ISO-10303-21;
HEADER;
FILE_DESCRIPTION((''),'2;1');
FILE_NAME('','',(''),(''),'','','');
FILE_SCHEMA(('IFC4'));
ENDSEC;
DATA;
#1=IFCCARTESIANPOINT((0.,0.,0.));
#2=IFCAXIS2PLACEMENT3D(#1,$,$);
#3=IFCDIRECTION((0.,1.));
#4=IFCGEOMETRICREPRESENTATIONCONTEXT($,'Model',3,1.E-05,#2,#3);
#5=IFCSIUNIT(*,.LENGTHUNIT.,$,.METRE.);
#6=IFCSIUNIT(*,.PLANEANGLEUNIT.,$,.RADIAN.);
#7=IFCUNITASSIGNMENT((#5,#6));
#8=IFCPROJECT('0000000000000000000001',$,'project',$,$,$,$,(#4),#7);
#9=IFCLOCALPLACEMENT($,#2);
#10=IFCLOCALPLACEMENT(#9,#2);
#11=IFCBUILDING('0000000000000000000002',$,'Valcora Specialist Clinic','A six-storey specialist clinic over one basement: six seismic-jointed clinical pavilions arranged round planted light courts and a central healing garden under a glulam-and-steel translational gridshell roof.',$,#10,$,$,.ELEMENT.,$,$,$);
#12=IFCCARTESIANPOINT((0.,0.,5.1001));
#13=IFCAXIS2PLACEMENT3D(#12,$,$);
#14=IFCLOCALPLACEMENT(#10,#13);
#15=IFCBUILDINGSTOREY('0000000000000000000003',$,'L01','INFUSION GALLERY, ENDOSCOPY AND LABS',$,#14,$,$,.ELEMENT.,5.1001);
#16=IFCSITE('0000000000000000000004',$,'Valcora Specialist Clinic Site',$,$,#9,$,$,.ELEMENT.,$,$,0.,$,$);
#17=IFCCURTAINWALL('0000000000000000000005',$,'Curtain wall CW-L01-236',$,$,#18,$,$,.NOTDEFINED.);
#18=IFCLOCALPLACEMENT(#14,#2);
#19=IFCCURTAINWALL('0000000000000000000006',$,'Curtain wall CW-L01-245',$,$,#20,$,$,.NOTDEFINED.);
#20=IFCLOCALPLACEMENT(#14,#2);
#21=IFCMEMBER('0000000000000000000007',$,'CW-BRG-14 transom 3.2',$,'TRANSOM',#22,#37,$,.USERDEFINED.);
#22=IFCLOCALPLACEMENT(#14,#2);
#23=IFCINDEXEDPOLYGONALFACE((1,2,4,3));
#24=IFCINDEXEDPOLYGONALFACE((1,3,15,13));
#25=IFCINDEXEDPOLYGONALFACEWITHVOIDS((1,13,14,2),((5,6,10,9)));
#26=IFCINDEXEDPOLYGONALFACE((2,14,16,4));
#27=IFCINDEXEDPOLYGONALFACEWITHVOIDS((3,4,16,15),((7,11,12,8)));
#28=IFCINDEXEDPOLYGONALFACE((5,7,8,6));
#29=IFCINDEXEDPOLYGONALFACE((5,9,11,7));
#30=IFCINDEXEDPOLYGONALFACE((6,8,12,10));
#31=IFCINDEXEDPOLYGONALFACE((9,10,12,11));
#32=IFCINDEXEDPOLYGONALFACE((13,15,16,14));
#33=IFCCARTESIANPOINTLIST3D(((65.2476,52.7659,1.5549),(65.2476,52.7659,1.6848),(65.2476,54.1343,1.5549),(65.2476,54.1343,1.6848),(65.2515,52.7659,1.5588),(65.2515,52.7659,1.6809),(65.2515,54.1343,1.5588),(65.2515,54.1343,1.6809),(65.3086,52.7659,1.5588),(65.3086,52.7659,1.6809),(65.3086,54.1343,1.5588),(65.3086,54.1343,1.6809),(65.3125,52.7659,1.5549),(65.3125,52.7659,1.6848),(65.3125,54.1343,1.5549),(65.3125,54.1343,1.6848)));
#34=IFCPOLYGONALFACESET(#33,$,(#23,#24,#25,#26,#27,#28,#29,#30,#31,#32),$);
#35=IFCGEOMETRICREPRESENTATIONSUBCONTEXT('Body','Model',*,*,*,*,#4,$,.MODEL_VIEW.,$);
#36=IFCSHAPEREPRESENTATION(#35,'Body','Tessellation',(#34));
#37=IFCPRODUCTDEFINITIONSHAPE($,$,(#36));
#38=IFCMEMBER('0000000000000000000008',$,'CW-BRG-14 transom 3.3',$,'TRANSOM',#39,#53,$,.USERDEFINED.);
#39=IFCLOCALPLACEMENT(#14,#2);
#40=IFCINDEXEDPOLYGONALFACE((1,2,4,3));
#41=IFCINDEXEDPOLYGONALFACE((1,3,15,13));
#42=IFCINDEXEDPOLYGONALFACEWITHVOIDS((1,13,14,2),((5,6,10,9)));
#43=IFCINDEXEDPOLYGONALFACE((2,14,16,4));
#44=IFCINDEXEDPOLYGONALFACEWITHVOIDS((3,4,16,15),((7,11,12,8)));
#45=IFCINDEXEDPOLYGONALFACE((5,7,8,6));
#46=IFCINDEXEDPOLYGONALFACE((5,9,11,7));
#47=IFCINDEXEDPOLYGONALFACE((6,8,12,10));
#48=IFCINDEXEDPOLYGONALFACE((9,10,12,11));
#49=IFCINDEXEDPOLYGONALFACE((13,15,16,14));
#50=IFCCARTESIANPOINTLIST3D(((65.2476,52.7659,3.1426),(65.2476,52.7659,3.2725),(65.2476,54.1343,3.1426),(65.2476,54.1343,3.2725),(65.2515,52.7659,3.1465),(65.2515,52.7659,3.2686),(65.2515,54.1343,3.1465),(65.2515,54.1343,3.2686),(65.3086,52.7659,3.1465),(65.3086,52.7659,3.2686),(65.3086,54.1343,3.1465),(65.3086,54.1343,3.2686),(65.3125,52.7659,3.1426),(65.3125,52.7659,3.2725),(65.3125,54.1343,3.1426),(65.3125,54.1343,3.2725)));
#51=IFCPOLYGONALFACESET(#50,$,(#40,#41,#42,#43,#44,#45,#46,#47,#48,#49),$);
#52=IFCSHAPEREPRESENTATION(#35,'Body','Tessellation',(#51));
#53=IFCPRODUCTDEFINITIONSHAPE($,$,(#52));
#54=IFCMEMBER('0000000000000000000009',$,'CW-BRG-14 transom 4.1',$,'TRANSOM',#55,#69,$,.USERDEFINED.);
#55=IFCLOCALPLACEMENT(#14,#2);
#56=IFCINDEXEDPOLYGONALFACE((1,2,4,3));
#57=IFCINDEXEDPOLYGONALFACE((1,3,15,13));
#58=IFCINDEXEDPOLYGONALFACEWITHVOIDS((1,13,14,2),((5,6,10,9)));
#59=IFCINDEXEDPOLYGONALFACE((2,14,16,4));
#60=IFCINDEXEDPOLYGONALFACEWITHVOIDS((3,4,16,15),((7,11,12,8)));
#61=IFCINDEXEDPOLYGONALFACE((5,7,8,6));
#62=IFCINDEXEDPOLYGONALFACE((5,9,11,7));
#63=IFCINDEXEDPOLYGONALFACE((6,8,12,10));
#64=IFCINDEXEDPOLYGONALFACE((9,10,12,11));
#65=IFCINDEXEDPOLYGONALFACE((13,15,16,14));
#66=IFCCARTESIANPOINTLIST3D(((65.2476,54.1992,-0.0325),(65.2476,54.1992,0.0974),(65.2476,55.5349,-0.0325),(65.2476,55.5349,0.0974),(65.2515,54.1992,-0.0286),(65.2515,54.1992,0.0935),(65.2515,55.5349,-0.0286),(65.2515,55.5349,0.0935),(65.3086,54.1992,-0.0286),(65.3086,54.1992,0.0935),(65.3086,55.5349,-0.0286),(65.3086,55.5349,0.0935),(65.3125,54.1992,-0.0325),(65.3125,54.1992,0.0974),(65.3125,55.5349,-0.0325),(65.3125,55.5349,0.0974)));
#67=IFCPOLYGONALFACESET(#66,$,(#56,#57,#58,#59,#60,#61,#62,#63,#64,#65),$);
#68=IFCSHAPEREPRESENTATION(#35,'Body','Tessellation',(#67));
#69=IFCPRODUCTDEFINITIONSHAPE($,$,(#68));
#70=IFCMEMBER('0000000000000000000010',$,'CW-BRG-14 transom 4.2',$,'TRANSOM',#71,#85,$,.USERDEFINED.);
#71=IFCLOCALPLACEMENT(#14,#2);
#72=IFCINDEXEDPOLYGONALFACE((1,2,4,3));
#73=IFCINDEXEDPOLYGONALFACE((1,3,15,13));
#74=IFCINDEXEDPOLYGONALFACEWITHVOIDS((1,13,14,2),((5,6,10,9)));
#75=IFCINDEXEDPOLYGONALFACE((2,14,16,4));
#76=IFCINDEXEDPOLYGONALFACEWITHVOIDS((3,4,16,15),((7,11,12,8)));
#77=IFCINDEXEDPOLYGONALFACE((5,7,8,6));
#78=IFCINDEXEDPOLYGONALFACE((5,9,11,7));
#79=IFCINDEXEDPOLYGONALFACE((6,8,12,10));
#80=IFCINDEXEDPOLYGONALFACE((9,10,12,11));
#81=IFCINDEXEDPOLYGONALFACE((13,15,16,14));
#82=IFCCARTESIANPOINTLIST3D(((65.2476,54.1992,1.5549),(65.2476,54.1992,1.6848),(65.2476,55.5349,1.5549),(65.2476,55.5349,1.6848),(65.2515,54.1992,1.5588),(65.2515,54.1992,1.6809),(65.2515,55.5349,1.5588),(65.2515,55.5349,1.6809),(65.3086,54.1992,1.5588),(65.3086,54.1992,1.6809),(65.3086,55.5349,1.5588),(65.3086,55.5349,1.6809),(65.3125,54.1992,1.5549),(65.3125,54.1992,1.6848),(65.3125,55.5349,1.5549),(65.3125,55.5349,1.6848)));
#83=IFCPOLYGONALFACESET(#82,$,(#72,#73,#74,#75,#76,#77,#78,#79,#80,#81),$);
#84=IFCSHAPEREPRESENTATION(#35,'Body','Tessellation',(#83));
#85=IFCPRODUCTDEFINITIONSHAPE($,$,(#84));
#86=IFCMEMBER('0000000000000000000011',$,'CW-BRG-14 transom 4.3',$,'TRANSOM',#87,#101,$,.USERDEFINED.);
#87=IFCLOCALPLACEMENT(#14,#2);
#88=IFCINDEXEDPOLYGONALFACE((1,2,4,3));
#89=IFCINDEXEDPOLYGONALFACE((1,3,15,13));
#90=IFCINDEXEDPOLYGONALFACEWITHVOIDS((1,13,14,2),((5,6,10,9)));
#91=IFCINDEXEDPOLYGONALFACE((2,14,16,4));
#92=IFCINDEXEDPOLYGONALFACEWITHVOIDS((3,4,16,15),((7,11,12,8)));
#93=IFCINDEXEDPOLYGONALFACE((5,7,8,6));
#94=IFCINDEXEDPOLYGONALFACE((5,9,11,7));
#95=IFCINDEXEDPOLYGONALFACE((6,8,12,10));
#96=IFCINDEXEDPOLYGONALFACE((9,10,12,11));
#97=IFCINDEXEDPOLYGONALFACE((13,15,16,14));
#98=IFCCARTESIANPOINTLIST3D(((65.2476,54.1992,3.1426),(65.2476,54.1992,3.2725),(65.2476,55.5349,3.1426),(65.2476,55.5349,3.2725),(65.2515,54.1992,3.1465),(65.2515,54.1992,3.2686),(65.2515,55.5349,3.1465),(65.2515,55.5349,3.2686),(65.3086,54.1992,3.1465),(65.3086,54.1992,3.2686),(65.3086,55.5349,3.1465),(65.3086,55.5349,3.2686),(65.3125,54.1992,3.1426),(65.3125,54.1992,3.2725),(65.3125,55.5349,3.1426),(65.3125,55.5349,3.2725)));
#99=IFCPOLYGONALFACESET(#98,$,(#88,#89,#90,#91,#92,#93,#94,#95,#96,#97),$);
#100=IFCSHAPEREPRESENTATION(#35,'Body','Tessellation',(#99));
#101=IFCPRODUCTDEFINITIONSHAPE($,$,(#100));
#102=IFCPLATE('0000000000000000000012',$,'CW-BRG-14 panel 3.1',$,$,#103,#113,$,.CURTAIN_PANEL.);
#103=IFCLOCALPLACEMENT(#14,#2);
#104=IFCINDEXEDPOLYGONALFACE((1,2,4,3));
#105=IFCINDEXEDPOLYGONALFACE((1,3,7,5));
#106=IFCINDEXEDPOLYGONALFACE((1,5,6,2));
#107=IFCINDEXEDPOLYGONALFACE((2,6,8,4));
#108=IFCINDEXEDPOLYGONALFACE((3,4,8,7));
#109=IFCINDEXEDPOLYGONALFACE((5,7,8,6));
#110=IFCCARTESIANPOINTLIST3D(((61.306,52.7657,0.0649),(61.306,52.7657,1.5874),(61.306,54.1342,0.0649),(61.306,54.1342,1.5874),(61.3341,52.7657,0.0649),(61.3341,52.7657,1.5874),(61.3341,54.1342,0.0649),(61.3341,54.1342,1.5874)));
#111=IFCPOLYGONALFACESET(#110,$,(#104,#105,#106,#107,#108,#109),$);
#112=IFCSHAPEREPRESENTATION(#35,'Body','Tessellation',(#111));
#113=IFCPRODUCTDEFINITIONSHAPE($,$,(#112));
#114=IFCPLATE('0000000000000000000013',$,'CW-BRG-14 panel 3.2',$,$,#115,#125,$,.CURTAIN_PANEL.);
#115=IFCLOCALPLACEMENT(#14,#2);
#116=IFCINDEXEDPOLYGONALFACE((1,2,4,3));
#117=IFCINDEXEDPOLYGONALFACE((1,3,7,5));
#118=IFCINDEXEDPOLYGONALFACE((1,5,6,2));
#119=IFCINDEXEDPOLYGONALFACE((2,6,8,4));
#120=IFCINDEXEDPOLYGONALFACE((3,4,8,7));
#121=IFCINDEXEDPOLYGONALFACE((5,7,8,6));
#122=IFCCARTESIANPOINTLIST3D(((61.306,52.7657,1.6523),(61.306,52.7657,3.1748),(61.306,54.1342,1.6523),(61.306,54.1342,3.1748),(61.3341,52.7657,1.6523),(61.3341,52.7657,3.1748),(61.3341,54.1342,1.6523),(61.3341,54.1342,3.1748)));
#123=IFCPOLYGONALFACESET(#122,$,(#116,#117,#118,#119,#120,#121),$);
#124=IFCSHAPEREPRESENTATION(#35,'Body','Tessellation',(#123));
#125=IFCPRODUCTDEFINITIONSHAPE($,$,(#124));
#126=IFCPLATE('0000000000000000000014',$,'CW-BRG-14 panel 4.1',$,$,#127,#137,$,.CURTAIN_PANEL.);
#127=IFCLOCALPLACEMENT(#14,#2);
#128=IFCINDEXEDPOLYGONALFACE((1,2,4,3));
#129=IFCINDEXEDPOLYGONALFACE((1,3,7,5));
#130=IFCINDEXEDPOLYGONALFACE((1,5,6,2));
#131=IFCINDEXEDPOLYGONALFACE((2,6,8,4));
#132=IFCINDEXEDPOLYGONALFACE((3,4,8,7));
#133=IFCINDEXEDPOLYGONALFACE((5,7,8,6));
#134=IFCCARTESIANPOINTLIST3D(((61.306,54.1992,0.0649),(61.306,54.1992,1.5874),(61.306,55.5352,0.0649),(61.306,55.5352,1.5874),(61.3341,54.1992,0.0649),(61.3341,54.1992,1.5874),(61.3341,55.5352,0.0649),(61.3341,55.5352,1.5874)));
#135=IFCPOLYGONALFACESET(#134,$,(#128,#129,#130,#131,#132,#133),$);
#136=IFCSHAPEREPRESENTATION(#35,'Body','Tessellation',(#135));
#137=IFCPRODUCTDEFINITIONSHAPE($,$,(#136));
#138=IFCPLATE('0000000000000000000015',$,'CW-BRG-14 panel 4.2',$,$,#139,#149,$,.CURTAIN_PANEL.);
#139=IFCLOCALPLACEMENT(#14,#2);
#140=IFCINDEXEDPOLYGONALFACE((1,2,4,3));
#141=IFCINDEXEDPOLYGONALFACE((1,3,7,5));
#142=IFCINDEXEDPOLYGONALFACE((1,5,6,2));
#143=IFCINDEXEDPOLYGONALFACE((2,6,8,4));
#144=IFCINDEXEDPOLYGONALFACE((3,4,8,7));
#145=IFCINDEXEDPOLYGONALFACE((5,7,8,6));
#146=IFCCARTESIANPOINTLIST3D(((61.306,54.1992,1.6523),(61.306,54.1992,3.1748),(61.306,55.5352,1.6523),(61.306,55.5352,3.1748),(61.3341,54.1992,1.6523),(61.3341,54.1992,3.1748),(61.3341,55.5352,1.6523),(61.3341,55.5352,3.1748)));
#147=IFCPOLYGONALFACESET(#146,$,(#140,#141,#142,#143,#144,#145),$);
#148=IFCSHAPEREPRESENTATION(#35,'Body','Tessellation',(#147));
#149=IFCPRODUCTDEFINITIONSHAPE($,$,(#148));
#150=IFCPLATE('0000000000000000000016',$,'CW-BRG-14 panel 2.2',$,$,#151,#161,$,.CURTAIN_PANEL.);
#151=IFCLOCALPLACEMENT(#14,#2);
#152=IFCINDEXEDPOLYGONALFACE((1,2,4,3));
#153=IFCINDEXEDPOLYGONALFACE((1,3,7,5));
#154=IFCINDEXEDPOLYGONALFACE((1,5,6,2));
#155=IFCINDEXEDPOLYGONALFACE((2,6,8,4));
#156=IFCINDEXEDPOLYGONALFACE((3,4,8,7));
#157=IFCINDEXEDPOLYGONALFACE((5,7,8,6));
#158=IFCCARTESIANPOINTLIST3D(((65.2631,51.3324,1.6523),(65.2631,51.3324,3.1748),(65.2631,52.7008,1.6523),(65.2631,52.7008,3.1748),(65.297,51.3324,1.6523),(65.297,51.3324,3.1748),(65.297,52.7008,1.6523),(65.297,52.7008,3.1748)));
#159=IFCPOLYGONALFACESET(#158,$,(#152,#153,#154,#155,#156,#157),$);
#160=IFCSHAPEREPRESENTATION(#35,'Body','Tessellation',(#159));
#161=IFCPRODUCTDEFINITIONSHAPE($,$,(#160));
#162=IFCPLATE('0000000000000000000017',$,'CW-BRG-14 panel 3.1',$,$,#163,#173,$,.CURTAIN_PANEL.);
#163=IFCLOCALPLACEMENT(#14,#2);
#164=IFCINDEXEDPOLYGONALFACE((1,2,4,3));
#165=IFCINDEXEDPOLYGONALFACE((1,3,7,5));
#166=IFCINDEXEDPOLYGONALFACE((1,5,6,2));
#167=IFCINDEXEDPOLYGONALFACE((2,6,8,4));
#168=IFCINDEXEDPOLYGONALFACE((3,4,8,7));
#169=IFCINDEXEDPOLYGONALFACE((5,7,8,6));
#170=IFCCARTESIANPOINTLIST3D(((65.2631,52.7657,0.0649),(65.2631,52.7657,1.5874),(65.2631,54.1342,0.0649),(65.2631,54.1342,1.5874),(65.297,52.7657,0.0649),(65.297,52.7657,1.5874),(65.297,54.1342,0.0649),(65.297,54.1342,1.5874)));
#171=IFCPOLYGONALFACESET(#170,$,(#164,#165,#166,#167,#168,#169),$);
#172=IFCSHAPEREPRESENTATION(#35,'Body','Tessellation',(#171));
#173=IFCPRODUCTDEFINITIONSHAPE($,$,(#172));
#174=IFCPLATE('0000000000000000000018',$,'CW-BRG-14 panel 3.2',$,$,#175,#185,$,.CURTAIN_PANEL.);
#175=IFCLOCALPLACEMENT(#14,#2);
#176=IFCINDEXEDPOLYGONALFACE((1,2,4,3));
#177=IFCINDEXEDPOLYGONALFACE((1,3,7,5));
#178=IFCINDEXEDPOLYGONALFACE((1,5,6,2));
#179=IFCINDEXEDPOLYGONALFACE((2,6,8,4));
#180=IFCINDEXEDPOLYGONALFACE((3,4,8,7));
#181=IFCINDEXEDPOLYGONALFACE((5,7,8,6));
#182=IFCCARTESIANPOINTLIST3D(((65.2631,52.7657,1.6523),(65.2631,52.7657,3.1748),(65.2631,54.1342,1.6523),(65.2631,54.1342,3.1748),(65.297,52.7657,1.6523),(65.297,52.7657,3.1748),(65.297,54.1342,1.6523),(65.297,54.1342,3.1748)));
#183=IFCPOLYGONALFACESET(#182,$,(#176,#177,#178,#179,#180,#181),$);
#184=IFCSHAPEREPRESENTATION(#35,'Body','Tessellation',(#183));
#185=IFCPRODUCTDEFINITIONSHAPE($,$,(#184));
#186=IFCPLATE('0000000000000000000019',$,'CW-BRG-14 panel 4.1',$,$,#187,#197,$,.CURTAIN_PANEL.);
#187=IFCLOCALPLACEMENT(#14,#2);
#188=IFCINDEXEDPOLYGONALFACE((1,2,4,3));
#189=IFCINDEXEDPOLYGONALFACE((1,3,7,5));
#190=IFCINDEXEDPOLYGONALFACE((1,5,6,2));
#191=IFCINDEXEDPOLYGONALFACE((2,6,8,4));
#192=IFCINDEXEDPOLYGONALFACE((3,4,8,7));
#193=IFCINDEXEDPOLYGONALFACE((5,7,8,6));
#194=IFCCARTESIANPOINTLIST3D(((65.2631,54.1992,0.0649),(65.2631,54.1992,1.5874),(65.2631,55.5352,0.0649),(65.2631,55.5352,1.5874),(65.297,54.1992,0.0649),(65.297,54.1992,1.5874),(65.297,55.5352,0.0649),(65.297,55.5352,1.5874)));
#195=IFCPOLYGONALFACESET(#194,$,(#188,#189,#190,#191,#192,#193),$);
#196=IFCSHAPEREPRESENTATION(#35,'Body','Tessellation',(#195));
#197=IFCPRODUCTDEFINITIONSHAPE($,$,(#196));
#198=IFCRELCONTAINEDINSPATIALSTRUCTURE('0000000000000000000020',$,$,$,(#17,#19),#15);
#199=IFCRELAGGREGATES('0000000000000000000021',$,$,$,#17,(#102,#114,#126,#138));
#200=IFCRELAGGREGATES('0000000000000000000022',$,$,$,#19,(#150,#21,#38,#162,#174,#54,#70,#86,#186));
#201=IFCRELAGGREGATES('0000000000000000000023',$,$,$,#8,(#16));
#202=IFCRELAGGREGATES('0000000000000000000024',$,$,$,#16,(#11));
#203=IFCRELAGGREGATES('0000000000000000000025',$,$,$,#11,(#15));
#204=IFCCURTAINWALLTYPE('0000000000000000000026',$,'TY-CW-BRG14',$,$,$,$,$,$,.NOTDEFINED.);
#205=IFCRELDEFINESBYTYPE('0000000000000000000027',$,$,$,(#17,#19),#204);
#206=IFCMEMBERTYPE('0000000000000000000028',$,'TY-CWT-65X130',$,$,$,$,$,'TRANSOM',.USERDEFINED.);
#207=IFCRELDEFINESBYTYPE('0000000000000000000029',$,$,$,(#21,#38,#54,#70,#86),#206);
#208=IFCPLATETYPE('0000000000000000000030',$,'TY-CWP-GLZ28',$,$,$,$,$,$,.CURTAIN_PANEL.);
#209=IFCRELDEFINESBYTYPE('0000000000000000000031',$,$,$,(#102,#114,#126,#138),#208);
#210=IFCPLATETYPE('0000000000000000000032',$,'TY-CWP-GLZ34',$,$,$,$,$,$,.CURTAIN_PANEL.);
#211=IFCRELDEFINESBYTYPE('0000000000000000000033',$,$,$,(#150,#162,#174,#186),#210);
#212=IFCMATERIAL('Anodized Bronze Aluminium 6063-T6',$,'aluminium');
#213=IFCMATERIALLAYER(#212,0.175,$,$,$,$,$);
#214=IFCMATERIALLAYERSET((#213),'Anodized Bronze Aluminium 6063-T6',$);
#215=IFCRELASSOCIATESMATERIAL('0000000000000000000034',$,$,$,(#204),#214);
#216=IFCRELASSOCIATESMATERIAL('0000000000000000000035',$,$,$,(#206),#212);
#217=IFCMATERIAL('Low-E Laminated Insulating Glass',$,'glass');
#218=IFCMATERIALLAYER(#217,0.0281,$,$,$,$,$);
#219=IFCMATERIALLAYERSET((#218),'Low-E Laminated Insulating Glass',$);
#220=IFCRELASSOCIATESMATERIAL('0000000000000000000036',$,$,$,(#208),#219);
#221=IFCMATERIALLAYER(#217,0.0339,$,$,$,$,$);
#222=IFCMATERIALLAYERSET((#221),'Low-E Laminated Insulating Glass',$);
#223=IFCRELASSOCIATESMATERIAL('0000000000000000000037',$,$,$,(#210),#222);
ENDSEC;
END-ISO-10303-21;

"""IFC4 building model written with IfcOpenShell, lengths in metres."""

from ifc_helpers import new_model, si_unit, direction, frame, origin, origin_2d, place, context, subcontext, project, spatial, rectangle, hollow_rectangle, extrude, material, layer, layer_set, material_profile, profile_set, type_object, element, aggregate, save


model = new_model("IFC4")

# Units and contexts
model_context = context("Model", 3, precision=1e-05, world=origin(), true_north=direction((0.0, 1.0)))
body_context = subcontext(model_context, "Body", "Model", "MODEL_VIEW")
ifc_project = project(units=[si_unit("LENGTHUNIT", "METRE"), si_unit("PLANEANGLEUNIT", "RADIAN")], contexts=[model_context])

# Site, building, storey
site_placement = place(None, origin())
site = spatial("IfcSite", under=ifc_project, at=site_placement, Name="Valcora Specialist Clinic Site", CompositionType="ELEMENT", RefElevation=0.0)
building_placement = place(site_placement, origin())
building = spatial("IfcBuilding", under=site, at=building_placement, Name="Valcora Specialist Clinic", Description="A six-storey specialist clinic over one basement: six seismic-jointed clinical pavilions arranged round planted light courts and a central healing garden under a glulam-and-steel translational gridshell roof.", CompositionType="ELEMENT")
storey_placement = place(building_placement, frame((0.0, 0.0, 5.1001)))
storey = spatial("IfcBuildingStorey", under=building, at=storey_placement, Name="L01", Description="INFUSION GALLERY, ENDOSCOPY AND LABS", CompositionType="ELEMENT", Elevation=5.1001)

# Curtain walls
ifc_material_1 = material(Name="Anodized Bronze Aluminium 6063-T6", Category="aluminium")
ifc_layer_1 = layer(ifc_material_1, 0.175)
ifc_layer_set_1 = layer_set([ifc_layer_1], Name="Anodized Bronze Aluminium 6063-T6")
curtain_wall_type = type_object("IfcCurtainWallType", Name="TY-CW-BRG14", PredefinedType="NOTDEFINED", material=ifc_layer_set_1)
curtain_wall_1_placement = place(storey_placement, origin())
curtain_wall_1 = element("IfcCurtainWall", 1, at=curtain_wall_1_placement, inside=storey, type_object=curtain_wall_type, Name="Curtain wall CW-L01-236", PredefinedType="NOTDEFINED")
curtain_wall_2_placement = place(storey_placement, origin())
curtain_wall_2 = element("IfcCurtainWall", 2, at=curtain_wall_2_placement, inside=storey, type_object=curtain_wall_type, Name="Curtain wall CW-L01-245", PredefinedType="NOTDEFINED")

# Members
ifc_material_profile_1 = material_profile(ifc_material_1, hollow_rectangle(XDim=0.0649, YDim=0.1299, WallThickness=0.0039, at=origin_2d()), Name="AL-TRN-65X130")
ifc_profile_set_1 = profile_set([ifc_material_profile_1], Name="Anodized Bronze Aluminium 6063-T6")
member_type_1 = type_object("IfcMemberType", Name="TY-CWT-65X130", ElementType="TRANSOM", PredefinedType="USERDEFINED", material=ifc_profile_set_1)
member_1_placement = place(storey_placement, frame((65.28, 52.7659, 1.6199), z_axis=(0.0, 1.0, 0.0), x_axis=(-1.0, 0.0, 0.0)))
member_1 = element("IfcMember", 3, at=member_1_placement, type_object=member_type_1, Name="CW-BRG-14 transom 3.2", ObjectType="TRANSOM", PredefinedType="USERDEFINED", context=body_context, shape_type="SweptSolid", body=[
    extrude(hollow_rectangle(XDim=0.0649, YDim=0.1299, WallThickness=0.0039, at=origin_2d()), origin(), (0.0, 0.0, 1.0), 1.3684),
])
member_2_placement = place(storey_placement, frame((65.28, 52.7659, 3.2075), z_axis=(0.0, 1.0, 0.0), x_axis=(-1.0, 0.0, 0.0)))
member_2 = element("IfcMember", 4, at=member_2_placement, type_object=member_type_1, Name="CW-BRG-14 transom 3.3", ObjectType="TRANSOM", PredefinedType="USERDEFINED", context=body_context, shape_type="SweptSolid", body=[
    extrude(hollow_rectangle(XDim=0.0649, YDim=0.1299, WallThickness=0.0039, at=origin_2d()), origin(), (0.0, 0.0, 1.0), 1.3684),
])
member_3_placement = place(storey_placement, frame((65.28, 54.1992, 0.0325), z_axis=(0.0, 1.0, 0.0), x_axis=(-1.0, 0.0, 0.0)))
member_3 = element("IfcMember", 5, at=member_3_placement, type_object=member_type_1, Name="CW-BRG-14 transom 4.1", ObjectType="TRANSOM", PredefinedType="USERDEFINED", context=body_context, shape_type="SweptSolid", body=[
    extrude(hollow_rectangle(XDim=0.0649, YDim=0.1299, WallThickness=0.0039, at=origin_2d()), origin(), (0.0, 0.0, 1.0), 1.3357),
])
member_4_placement = place(storey_placement, frame((65.28, 54.1992, 1.6199), z_axis=(0.0, 1.0, 0.0), x_axis=(-1.0, 0.0, 0.0)))
member_4 = element("IfcMember", 6, at=member_4_placement, type_object=member_type_1, Name="CW-BRG-14 transom 4.2", ObjectType="TRANSOM", PredefinedType="USERDEFINED", context=body_context, shape_type="SweptSolid", body=[
    extrude(hollow_rectangle(XDim=0.0649, YDim=0.1299, WallThickness=0.0039, at=origin_2d()), origin(), (0.0, 0.0, 1.0), 1.3357),
])
member_5_placement = place(storey_placement, frame((65.28, 54.1992, 3.2075), z_axis=(0.0, 1.0, 0.0), x_axis=(-1.0, 0.0, 0.0)))
member_5 = element("IfcMember", 7, at=member_5_placement, type_object=member_type_1, Name="CW-BRG-14 transom 4.3", ObjectType="TRANSOM", PredefinedType="USERDEFINED", context=body_context, shape_type="SweptSolid", body=[
    extrude(hollow_rectangle(XDim=0.0649, YDim=0.1299, WallThickness=0.0039, at=origin_2d()), origin(), (0.0, 0.0, 1.0), 1.3357),
])

# Plates
ifc_material_2 = material(Name="Low-E Laminated Insulating Glass", Category="glass")
ifc_layer_2 = layer(ifc_material_2, 0.0281)
ifc_layer_set_2 = layer_set([ifc_layer_2], Name="Low-E Laminated Insulating Glass")
plate_type_1 = type_object("IfcPlateType", Name="TY-CWP-GLZ28", PredefinedType="CURTAIN_PANEL", material=ifc_layer_set_2)
plate_1_placement = place(storey_placement, frame((61.3201, 53.45, 0.0649), z_axis=(0.0, 0.0, 1.0), x_axis=(0.0, 1.0, 0.0)))
plate_1 = element("IfcPlate", 8, at=plate_1_placement, type_object=plate_type_1, Name="CW-BRG-14 panel 3.1", PredefinedType="CURTAIN_PANEL", context=body_context, shape_type="SweptSolid", body=[
    extrude(rectangle(XDim=1.3684, YDim=0.0281, at=origin_2d()), origin(), (0.0, 0.0, 1.0), 1.5225),
])
plate_2_placement = place(storey_placement, frame((61.3201, 53.45, 1.6523), z_axis=(0.0, 0.0, 1.0), x_axis=(0.0, 1.0, 0.0)))
plate_2 = element("IfcPlate", 9, at=plate_2_placement, type_object=plate_type_1, Name="CW-BRG-14 panel 3.2", PredefinedType="CURTAIN_PANEL", context=body_context, shape_type="SweptSolid", body=[
    extrude(rectangle(XDim=1.3684, YDim=0.0281, at=origin_2d()), origin(), (0.0, 0.0, 1.0), 1.5225),
])
plate_3_placement = place(storey_placement, frame((61.3201, 54.8672, 0.0649), z_axis=(0.0, 0.0, 1.0), x_axis=(0.0, 1.0, 0.0)))
plate_3 = element("IfcPlate", 10, at=plate_3_placement, type_object=plate_type_1, Name="CW-BRG-14 panel 4.1", PredefinedType="CURTAIN_PANEL", context=body_context, shape_type="SweptSolid", body=[
    extrude(rectangle(XDim=1.3359, YDim=0.0281, at=origin_2d()), origin(), (0.0, 0.0, 1.0), 1.5225),
])
plate_4_placement = place(storey_placement, frame((61.3201, 54.8672, 1.6523), z_axis=(0.0, 0.0, 1.0), x_axis=(0.0, 1.0, 0.0)))
plate_4 = element("IfcPlate", 11, at=plate_4_placement, type_object=plate_type_1, Name="CW-BRG-14 panel 4.2", PredefinedType="CURTAIN_PANEL", context=body_context, shape_type="SweptSolid", body=[
    extrude(rectangle(XDim=1.3359, YDim=0.0281, at=origin_2d()), origin(), (0.0, 0.0, 1.0), 1.5225),
])
aggregate(curtain_wall_1, [plate_1, plate_2, plate_3, plate_4])
ifc_layer_3 = layer(ifc_material_2, 0.0339)
ifc_layer_set_3 = layer_set([ifc_layer_3], Name="Low-E Laminated Insulating Glass")
plate_type_2 = type_object("IfcPlateType", Name="TY-CWP-GLZ34", PredefinedType="CURTAIN_PANEL", material=ifc_layer_set_3)
plate_5_placement = place(storey_placement, frame((65.28, 52.0166, 1.6523), z_axis=(0.0, 0.0, 1.0), x_axis=(0.0, 1.0, 0.0)))
plate_5 = element("IfcPlate", 12, at=plate_5_placement, type_object=plate_type_2, Name="CW-BRG-14 panel 2.2", PredefinedType="CURTAIN_PANEL", context=body_context, shape_type="SweptSolid", body=[
    extrude(rectangle(XDim=1.3684, YDim=0.0339, at=origin_2d()), origin(), (0.0, 0.0, 1.0), 1.5225),
])
plate_6_placement = place(storey_placement, frame((65.28, 53.45, 0.0649), z_axis=(0.0, 0.0, 1.0), x_axis=(0.0, 1.0, 0.0)))
plate_6 = element("IfcPlate", 13, at=plate_6_placement, type_object=plate_type_2, Name="CW-BRG-14 panel 3.1", PredefinedType="CURTAIN_PANEL", context=body_context, shape_type="SweptSolid", body=[
    extrude(rectangle(XDim=1.3684, YDim=0.0339, at=origin_2d()), origin(), (0.0, 0.0, 1.0), 1.5225),
])
plate_7_placement = place(storey_placement, frame((65.28, 53.45, 1.6523), z_axis=(0.0, 0.0, 1.0), x_axis=(0.0, 1.0, 0.0)))
plate_7 = element("IfcPlate", 14, at=plate_7_placement, type_object=plate_type_2, Name="CW-BRG-14 panel 3.2", PredefinedType="CURTAIN_PANEL", context=body_context, shape_type="SweptSolid", body=[
    extrude(rectangle(XDim=1.3684, YDim=0.0339, at=origin_2d()), origin(), (0.0, 0.0, 1.0), 1.5225),
])
plate_8_placement = place(storey_placement, frame((65.28, 54.8672, 0.0649), z_axis=(0.0, 0.0, 1.0), x_axis=(0.0, 1.0, 0.0)))
plate_8 = element("IfcPlate", 15, at=plate_8_placement, type_object=plate_type_2, Name="CW-BRG-14 panel 4.1", PredefinedType="CURTAIN_PANEL", context=body_context, shape_type="SweptSolid", body=[
    extrude(rectangle(XDim=1.3359, YDim=0.0339, at=origin_2d()), origin(), (0.0, 0.0, 1.0), 1.5225),
])
aggregate(curtain_wall_2, [plate_5, member_1, member_2, plate_6, plate_7, member_3, member_4, member_5, plate_8])

save(model, "model.ifc")
